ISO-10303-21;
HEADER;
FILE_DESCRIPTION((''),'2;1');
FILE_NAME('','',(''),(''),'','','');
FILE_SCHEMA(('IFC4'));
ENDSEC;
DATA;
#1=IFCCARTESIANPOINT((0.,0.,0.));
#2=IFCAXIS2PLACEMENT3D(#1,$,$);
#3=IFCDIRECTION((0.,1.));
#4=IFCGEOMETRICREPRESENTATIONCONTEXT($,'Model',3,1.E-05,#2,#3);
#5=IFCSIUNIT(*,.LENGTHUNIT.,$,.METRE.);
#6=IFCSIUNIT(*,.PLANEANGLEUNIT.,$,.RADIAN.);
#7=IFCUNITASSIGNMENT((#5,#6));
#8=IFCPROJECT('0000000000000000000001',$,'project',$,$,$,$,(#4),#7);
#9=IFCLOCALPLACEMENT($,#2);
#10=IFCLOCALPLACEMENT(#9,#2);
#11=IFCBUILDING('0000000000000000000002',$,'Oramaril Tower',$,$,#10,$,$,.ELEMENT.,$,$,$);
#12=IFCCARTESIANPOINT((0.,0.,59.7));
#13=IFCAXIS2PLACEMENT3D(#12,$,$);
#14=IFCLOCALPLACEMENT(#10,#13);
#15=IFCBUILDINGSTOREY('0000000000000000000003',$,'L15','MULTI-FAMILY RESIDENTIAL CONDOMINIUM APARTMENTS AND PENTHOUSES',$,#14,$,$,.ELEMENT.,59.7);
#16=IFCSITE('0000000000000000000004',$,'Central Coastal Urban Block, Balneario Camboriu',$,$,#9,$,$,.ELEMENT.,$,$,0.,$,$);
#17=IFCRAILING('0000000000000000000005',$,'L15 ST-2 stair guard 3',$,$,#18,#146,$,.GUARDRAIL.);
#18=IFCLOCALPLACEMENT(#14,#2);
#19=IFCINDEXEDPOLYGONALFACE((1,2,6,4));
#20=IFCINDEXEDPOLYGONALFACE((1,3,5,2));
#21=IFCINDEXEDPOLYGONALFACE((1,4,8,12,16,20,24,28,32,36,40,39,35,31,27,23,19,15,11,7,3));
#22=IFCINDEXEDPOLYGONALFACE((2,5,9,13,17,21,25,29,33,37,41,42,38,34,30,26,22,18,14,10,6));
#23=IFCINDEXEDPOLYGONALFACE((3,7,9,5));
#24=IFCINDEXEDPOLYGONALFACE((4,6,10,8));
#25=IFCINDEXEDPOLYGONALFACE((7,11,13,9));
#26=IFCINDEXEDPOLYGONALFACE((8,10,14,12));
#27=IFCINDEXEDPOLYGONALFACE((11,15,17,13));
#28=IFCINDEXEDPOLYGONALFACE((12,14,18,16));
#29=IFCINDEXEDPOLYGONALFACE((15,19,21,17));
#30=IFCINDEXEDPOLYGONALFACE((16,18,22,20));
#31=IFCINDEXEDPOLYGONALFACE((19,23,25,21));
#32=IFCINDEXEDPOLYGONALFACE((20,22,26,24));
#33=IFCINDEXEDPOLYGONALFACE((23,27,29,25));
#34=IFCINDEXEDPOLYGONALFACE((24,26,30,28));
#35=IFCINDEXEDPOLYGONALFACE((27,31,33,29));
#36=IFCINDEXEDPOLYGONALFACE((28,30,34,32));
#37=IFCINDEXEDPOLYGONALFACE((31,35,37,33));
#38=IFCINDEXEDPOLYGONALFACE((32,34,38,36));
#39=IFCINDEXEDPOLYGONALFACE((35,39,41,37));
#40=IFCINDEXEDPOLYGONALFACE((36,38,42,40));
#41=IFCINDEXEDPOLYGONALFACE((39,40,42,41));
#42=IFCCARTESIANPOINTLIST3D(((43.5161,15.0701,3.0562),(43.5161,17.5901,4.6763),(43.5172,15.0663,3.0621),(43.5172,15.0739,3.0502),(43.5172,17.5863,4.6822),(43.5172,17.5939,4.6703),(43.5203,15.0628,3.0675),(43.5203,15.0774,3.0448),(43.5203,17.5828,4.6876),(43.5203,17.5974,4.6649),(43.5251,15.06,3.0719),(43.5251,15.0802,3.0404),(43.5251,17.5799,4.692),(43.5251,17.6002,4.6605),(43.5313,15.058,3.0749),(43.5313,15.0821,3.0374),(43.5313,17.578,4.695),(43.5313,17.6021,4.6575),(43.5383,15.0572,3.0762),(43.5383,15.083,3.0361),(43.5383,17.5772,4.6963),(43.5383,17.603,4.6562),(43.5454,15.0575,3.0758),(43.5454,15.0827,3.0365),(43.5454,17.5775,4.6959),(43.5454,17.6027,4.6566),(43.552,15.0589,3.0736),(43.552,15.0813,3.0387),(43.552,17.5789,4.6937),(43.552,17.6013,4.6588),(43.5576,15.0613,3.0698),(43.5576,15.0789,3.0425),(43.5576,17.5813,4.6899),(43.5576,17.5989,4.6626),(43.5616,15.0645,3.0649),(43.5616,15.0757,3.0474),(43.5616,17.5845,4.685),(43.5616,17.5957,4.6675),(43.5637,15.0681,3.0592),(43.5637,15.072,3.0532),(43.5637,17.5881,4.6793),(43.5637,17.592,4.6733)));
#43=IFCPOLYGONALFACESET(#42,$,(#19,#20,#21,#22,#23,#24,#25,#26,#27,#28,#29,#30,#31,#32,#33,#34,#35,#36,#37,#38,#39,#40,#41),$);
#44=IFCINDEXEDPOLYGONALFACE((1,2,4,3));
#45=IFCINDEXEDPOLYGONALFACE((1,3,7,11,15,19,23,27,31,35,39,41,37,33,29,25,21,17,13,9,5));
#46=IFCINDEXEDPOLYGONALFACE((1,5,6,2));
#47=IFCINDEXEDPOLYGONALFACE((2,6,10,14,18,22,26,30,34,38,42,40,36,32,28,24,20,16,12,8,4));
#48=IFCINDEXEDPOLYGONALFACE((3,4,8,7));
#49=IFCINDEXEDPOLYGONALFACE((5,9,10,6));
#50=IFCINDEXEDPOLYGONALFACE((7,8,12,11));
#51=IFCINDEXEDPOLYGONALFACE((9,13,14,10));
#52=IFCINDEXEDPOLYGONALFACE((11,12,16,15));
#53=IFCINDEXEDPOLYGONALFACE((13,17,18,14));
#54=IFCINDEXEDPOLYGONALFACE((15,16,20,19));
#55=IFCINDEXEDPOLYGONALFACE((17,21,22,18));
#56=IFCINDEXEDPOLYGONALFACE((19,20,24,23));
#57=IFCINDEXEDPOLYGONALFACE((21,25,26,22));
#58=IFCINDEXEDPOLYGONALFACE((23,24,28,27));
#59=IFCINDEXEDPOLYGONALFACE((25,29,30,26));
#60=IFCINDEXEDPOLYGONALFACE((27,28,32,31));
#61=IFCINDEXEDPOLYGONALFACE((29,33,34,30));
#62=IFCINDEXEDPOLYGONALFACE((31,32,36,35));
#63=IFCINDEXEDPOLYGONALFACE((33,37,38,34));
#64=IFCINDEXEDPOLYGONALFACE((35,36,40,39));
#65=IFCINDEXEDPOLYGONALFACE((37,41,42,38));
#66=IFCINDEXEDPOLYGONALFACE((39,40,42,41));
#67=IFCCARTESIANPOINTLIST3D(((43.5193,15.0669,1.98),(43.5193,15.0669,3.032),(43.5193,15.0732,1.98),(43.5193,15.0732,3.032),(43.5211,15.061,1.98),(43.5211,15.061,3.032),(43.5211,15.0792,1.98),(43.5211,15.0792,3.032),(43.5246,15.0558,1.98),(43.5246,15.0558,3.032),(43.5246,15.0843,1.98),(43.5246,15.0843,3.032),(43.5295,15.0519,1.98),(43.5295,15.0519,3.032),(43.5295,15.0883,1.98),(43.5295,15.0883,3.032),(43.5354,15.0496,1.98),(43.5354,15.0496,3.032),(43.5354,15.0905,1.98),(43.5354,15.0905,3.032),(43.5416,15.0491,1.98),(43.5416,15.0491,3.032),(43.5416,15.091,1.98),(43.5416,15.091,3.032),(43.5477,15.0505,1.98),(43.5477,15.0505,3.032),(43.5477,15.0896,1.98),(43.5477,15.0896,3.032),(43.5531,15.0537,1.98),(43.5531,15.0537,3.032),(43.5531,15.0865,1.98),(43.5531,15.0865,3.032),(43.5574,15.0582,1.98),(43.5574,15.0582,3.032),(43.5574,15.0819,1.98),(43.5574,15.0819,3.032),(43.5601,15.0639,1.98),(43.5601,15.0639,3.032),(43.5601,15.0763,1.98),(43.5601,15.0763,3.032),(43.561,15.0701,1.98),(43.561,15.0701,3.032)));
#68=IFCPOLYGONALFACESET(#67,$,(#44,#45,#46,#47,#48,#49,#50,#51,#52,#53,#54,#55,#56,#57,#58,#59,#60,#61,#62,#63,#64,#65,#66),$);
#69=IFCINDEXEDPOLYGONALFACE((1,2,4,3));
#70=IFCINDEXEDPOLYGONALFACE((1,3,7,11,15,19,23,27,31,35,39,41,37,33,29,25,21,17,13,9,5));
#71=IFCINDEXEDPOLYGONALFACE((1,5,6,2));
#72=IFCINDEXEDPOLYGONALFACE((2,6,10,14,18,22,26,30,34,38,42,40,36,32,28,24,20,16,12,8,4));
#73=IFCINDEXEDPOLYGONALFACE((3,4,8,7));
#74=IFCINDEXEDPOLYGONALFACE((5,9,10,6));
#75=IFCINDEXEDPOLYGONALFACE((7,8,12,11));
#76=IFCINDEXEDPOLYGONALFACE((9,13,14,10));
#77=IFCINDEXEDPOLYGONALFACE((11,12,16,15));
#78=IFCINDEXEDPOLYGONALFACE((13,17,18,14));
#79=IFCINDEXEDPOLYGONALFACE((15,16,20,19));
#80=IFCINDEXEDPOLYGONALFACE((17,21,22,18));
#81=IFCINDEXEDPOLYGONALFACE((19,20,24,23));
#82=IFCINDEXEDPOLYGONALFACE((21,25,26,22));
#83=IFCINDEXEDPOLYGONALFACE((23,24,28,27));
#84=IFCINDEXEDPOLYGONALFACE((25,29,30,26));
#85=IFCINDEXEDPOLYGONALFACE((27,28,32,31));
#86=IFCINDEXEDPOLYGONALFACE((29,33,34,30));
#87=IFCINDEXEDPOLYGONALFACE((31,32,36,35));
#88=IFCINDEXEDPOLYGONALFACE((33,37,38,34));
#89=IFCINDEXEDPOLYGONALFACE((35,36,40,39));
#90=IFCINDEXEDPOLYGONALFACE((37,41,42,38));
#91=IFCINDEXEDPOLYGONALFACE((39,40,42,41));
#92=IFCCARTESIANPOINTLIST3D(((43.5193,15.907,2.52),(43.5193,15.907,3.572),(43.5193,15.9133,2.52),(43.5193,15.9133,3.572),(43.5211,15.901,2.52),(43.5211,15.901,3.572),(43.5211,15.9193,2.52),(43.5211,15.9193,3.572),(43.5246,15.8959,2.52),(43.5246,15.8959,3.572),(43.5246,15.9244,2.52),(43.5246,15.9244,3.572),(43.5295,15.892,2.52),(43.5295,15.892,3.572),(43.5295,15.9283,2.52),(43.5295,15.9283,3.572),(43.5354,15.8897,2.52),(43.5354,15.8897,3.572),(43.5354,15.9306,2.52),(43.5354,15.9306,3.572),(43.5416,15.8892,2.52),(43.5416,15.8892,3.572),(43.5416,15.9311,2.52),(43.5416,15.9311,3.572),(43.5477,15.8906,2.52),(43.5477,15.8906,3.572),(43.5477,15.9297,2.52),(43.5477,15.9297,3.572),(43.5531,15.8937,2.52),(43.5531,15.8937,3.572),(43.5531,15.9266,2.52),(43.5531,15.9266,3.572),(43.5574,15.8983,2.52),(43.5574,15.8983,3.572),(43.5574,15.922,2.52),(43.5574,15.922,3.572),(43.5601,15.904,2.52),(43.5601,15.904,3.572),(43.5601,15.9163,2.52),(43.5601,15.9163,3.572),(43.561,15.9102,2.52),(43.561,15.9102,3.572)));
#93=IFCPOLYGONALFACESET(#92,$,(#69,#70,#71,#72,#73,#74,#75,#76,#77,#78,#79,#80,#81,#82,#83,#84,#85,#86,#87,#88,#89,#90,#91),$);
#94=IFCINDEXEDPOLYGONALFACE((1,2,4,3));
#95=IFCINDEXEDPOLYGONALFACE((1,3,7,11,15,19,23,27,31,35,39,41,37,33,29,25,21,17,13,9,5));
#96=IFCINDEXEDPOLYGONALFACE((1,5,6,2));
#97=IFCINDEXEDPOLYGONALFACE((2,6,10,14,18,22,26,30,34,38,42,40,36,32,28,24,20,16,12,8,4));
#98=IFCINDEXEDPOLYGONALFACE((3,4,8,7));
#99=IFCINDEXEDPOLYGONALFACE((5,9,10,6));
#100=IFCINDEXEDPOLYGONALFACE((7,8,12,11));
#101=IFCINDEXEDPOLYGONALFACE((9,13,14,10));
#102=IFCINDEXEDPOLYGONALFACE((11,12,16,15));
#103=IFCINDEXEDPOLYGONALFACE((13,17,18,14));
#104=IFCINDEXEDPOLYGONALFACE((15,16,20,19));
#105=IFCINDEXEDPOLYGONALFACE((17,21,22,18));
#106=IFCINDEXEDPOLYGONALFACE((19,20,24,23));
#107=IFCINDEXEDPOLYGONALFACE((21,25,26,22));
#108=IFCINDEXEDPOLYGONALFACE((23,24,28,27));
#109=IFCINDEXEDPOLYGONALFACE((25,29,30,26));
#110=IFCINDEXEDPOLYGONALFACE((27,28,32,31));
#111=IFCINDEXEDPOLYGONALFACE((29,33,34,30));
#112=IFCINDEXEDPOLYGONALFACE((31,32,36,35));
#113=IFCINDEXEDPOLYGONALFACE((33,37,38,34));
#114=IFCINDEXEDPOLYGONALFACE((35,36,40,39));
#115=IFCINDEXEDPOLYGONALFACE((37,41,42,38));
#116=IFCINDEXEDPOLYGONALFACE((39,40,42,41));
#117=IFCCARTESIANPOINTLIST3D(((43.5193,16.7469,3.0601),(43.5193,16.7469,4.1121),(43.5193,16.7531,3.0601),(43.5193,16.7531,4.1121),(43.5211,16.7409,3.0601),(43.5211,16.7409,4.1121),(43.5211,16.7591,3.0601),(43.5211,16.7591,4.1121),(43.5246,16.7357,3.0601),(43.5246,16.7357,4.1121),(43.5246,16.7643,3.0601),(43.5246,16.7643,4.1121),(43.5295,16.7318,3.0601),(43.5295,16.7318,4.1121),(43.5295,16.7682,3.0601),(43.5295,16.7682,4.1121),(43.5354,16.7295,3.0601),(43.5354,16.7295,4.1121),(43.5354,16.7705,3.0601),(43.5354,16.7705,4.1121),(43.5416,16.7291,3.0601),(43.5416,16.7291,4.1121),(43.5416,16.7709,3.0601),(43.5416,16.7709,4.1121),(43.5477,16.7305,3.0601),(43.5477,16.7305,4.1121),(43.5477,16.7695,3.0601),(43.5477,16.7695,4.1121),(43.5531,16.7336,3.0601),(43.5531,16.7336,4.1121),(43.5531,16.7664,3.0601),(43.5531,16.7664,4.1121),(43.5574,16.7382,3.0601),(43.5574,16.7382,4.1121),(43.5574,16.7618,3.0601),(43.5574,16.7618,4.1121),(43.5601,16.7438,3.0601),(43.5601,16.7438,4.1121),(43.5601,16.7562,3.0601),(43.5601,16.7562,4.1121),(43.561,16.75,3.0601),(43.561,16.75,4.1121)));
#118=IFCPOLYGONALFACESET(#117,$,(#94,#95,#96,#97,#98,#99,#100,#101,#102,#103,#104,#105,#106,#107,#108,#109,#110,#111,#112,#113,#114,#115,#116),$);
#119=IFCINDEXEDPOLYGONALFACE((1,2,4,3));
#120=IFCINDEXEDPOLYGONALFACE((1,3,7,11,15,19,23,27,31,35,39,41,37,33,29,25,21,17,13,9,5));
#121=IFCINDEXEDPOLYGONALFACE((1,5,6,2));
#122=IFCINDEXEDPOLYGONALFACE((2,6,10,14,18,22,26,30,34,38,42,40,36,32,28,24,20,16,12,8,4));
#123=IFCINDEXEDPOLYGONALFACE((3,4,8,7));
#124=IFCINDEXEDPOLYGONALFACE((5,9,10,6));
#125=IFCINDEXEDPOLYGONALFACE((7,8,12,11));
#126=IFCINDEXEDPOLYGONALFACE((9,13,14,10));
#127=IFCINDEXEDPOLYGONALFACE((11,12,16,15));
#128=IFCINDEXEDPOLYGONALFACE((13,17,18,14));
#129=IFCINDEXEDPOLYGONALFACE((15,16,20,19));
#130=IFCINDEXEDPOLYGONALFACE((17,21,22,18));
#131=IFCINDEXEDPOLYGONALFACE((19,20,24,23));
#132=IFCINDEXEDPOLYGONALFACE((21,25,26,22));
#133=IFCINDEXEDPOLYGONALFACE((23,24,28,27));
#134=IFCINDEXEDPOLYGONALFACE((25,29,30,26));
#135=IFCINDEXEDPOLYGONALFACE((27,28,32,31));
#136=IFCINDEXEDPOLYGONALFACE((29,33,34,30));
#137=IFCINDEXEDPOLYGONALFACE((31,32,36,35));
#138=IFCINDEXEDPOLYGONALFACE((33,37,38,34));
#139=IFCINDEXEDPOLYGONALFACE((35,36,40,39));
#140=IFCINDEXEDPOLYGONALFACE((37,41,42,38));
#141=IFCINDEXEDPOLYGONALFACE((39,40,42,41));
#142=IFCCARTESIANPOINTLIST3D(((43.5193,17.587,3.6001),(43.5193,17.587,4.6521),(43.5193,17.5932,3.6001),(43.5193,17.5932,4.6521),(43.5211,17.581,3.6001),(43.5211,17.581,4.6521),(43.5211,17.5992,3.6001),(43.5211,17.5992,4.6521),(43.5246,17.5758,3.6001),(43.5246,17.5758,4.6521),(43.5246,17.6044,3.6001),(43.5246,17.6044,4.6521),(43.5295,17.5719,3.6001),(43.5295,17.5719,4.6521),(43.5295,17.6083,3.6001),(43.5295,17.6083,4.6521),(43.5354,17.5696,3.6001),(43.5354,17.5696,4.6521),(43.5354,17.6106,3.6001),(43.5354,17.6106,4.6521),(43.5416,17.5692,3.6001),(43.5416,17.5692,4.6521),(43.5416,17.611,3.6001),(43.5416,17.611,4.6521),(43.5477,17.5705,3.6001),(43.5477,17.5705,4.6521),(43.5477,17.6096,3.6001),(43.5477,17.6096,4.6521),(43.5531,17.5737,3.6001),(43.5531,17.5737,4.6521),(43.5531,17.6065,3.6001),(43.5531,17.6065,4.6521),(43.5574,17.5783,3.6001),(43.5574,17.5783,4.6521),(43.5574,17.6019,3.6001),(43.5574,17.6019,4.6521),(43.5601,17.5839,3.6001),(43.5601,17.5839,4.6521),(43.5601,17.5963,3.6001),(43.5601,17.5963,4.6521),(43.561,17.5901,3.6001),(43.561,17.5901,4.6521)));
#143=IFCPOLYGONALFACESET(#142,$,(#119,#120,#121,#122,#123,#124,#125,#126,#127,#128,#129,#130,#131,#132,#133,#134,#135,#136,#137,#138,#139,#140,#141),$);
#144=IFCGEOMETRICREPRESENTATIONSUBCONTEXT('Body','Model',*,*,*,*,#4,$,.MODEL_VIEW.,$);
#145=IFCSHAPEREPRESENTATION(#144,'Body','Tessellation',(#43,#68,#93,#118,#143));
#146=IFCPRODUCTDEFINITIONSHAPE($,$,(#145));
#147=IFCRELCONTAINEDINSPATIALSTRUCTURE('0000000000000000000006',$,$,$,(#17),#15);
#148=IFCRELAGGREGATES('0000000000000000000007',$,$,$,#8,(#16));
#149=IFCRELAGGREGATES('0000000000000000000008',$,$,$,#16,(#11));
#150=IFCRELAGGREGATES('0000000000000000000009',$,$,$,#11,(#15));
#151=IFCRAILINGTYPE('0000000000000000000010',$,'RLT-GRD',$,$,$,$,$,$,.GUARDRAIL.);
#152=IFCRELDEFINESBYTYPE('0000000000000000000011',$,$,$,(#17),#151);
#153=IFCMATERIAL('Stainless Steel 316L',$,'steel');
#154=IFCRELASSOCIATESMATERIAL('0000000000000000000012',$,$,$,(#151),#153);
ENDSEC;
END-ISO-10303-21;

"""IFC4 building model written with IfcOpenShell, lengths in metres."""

from ifc_helpers import new_model, si_unit, direction, frame, origin, origin_2d, place, context, subcontext, project, spatial, circle, extrude, material, type_object, element, save


model = new_model("IFC4")

# Units and contexts
model_context = context("Model", 3, precision=1e-05, world=origin(), true_north=direction((0.0, 1.0)))
body_context = subcontext(model_context, "Body", "Model", "MODEL_VIEW")
ifc_project = project(units=[si_unit("LENGTHUNIT", "METRE"), si_unit("PLANEANGLEUNIT", "RADIAN")], contexts=[model_context])

# Site, building, storey
site_placement = place(None, origin())
site = spatial("IfcSite", under=ifc_project, at=site_placement, Name="Central Coastal Urban Block, Balneario Camboriu", CompositionType="ELEMENT", RefElevation=0.0)
building_placement = place(site_placement, origin())
building = spatial("IfcBuilding", under=site, at=building_placement, Name="Oramaril Tower", CompositionType="ELEMENT")
storey_placement = place(building_placement, frame((0.0, 0.0, 59.7)))
storey = spatial("IfcBuildingStorey", under=building, at=storey_placement, Name="L15", Description="MULTI-FAMILY RESIDENTIAL CONDOMINIUM APARTMENTS AND PENTHOUSES", CompositionType="ELEMENT", Elevation=59.7)

# Railing
ifc_material_1 = material(Name="Stainless Steel 316L", Category="steel")
railing_type_1 = type_object("IfcRailingType", Name="RLT-GRD", PredefinedType="GUARDRAIL", material=ifc_material_1)
railing_1_placement = place(storey_placement, frame((43.54, 15.0701, 1.98)))
element("IfcRailing", 1, at=railing_1_placement, inside=storey, type_object=railing_type_1, Name="L15 ST-2 stair guard 3", PredefinedType="GUARDRAIL", context=body_context, shape_type="SweptSolid", body=[
    extrude(circle(Radius=0.0239, at=origin_2d()), frame((0.0, 0.0, 1.0762), z_axis=(0.0, 0.841163, 0.540782), x_axis=(-1.0, 0.0, 0.0)), (0.0, 0.0, 1.0), 2.9958),
    extrude(circle(Radius=0.021, at=origin_2d()), origin(), (0.0, 0.0, 1.0), 1.052),
    extrude(circle(Radius=0.021, at=origin_2d()), frame((0.0, 0.8401, 0.54)), (0.0, 0.0, 1.0), 1.052),
    extrude(circle(Radius=0.021, at=origin_2d()), frame((0.0, 1.6799, 1.0801)), (0.0, 0.0, 1.0), 1.052),
    extrude(circle(Radius=0.021, at=origin_2d()), frame((0.0, 2.52, 1.6201)), (0.0, 0.0, 1.0), 1.052),
])

save(model, "model.ifc")
